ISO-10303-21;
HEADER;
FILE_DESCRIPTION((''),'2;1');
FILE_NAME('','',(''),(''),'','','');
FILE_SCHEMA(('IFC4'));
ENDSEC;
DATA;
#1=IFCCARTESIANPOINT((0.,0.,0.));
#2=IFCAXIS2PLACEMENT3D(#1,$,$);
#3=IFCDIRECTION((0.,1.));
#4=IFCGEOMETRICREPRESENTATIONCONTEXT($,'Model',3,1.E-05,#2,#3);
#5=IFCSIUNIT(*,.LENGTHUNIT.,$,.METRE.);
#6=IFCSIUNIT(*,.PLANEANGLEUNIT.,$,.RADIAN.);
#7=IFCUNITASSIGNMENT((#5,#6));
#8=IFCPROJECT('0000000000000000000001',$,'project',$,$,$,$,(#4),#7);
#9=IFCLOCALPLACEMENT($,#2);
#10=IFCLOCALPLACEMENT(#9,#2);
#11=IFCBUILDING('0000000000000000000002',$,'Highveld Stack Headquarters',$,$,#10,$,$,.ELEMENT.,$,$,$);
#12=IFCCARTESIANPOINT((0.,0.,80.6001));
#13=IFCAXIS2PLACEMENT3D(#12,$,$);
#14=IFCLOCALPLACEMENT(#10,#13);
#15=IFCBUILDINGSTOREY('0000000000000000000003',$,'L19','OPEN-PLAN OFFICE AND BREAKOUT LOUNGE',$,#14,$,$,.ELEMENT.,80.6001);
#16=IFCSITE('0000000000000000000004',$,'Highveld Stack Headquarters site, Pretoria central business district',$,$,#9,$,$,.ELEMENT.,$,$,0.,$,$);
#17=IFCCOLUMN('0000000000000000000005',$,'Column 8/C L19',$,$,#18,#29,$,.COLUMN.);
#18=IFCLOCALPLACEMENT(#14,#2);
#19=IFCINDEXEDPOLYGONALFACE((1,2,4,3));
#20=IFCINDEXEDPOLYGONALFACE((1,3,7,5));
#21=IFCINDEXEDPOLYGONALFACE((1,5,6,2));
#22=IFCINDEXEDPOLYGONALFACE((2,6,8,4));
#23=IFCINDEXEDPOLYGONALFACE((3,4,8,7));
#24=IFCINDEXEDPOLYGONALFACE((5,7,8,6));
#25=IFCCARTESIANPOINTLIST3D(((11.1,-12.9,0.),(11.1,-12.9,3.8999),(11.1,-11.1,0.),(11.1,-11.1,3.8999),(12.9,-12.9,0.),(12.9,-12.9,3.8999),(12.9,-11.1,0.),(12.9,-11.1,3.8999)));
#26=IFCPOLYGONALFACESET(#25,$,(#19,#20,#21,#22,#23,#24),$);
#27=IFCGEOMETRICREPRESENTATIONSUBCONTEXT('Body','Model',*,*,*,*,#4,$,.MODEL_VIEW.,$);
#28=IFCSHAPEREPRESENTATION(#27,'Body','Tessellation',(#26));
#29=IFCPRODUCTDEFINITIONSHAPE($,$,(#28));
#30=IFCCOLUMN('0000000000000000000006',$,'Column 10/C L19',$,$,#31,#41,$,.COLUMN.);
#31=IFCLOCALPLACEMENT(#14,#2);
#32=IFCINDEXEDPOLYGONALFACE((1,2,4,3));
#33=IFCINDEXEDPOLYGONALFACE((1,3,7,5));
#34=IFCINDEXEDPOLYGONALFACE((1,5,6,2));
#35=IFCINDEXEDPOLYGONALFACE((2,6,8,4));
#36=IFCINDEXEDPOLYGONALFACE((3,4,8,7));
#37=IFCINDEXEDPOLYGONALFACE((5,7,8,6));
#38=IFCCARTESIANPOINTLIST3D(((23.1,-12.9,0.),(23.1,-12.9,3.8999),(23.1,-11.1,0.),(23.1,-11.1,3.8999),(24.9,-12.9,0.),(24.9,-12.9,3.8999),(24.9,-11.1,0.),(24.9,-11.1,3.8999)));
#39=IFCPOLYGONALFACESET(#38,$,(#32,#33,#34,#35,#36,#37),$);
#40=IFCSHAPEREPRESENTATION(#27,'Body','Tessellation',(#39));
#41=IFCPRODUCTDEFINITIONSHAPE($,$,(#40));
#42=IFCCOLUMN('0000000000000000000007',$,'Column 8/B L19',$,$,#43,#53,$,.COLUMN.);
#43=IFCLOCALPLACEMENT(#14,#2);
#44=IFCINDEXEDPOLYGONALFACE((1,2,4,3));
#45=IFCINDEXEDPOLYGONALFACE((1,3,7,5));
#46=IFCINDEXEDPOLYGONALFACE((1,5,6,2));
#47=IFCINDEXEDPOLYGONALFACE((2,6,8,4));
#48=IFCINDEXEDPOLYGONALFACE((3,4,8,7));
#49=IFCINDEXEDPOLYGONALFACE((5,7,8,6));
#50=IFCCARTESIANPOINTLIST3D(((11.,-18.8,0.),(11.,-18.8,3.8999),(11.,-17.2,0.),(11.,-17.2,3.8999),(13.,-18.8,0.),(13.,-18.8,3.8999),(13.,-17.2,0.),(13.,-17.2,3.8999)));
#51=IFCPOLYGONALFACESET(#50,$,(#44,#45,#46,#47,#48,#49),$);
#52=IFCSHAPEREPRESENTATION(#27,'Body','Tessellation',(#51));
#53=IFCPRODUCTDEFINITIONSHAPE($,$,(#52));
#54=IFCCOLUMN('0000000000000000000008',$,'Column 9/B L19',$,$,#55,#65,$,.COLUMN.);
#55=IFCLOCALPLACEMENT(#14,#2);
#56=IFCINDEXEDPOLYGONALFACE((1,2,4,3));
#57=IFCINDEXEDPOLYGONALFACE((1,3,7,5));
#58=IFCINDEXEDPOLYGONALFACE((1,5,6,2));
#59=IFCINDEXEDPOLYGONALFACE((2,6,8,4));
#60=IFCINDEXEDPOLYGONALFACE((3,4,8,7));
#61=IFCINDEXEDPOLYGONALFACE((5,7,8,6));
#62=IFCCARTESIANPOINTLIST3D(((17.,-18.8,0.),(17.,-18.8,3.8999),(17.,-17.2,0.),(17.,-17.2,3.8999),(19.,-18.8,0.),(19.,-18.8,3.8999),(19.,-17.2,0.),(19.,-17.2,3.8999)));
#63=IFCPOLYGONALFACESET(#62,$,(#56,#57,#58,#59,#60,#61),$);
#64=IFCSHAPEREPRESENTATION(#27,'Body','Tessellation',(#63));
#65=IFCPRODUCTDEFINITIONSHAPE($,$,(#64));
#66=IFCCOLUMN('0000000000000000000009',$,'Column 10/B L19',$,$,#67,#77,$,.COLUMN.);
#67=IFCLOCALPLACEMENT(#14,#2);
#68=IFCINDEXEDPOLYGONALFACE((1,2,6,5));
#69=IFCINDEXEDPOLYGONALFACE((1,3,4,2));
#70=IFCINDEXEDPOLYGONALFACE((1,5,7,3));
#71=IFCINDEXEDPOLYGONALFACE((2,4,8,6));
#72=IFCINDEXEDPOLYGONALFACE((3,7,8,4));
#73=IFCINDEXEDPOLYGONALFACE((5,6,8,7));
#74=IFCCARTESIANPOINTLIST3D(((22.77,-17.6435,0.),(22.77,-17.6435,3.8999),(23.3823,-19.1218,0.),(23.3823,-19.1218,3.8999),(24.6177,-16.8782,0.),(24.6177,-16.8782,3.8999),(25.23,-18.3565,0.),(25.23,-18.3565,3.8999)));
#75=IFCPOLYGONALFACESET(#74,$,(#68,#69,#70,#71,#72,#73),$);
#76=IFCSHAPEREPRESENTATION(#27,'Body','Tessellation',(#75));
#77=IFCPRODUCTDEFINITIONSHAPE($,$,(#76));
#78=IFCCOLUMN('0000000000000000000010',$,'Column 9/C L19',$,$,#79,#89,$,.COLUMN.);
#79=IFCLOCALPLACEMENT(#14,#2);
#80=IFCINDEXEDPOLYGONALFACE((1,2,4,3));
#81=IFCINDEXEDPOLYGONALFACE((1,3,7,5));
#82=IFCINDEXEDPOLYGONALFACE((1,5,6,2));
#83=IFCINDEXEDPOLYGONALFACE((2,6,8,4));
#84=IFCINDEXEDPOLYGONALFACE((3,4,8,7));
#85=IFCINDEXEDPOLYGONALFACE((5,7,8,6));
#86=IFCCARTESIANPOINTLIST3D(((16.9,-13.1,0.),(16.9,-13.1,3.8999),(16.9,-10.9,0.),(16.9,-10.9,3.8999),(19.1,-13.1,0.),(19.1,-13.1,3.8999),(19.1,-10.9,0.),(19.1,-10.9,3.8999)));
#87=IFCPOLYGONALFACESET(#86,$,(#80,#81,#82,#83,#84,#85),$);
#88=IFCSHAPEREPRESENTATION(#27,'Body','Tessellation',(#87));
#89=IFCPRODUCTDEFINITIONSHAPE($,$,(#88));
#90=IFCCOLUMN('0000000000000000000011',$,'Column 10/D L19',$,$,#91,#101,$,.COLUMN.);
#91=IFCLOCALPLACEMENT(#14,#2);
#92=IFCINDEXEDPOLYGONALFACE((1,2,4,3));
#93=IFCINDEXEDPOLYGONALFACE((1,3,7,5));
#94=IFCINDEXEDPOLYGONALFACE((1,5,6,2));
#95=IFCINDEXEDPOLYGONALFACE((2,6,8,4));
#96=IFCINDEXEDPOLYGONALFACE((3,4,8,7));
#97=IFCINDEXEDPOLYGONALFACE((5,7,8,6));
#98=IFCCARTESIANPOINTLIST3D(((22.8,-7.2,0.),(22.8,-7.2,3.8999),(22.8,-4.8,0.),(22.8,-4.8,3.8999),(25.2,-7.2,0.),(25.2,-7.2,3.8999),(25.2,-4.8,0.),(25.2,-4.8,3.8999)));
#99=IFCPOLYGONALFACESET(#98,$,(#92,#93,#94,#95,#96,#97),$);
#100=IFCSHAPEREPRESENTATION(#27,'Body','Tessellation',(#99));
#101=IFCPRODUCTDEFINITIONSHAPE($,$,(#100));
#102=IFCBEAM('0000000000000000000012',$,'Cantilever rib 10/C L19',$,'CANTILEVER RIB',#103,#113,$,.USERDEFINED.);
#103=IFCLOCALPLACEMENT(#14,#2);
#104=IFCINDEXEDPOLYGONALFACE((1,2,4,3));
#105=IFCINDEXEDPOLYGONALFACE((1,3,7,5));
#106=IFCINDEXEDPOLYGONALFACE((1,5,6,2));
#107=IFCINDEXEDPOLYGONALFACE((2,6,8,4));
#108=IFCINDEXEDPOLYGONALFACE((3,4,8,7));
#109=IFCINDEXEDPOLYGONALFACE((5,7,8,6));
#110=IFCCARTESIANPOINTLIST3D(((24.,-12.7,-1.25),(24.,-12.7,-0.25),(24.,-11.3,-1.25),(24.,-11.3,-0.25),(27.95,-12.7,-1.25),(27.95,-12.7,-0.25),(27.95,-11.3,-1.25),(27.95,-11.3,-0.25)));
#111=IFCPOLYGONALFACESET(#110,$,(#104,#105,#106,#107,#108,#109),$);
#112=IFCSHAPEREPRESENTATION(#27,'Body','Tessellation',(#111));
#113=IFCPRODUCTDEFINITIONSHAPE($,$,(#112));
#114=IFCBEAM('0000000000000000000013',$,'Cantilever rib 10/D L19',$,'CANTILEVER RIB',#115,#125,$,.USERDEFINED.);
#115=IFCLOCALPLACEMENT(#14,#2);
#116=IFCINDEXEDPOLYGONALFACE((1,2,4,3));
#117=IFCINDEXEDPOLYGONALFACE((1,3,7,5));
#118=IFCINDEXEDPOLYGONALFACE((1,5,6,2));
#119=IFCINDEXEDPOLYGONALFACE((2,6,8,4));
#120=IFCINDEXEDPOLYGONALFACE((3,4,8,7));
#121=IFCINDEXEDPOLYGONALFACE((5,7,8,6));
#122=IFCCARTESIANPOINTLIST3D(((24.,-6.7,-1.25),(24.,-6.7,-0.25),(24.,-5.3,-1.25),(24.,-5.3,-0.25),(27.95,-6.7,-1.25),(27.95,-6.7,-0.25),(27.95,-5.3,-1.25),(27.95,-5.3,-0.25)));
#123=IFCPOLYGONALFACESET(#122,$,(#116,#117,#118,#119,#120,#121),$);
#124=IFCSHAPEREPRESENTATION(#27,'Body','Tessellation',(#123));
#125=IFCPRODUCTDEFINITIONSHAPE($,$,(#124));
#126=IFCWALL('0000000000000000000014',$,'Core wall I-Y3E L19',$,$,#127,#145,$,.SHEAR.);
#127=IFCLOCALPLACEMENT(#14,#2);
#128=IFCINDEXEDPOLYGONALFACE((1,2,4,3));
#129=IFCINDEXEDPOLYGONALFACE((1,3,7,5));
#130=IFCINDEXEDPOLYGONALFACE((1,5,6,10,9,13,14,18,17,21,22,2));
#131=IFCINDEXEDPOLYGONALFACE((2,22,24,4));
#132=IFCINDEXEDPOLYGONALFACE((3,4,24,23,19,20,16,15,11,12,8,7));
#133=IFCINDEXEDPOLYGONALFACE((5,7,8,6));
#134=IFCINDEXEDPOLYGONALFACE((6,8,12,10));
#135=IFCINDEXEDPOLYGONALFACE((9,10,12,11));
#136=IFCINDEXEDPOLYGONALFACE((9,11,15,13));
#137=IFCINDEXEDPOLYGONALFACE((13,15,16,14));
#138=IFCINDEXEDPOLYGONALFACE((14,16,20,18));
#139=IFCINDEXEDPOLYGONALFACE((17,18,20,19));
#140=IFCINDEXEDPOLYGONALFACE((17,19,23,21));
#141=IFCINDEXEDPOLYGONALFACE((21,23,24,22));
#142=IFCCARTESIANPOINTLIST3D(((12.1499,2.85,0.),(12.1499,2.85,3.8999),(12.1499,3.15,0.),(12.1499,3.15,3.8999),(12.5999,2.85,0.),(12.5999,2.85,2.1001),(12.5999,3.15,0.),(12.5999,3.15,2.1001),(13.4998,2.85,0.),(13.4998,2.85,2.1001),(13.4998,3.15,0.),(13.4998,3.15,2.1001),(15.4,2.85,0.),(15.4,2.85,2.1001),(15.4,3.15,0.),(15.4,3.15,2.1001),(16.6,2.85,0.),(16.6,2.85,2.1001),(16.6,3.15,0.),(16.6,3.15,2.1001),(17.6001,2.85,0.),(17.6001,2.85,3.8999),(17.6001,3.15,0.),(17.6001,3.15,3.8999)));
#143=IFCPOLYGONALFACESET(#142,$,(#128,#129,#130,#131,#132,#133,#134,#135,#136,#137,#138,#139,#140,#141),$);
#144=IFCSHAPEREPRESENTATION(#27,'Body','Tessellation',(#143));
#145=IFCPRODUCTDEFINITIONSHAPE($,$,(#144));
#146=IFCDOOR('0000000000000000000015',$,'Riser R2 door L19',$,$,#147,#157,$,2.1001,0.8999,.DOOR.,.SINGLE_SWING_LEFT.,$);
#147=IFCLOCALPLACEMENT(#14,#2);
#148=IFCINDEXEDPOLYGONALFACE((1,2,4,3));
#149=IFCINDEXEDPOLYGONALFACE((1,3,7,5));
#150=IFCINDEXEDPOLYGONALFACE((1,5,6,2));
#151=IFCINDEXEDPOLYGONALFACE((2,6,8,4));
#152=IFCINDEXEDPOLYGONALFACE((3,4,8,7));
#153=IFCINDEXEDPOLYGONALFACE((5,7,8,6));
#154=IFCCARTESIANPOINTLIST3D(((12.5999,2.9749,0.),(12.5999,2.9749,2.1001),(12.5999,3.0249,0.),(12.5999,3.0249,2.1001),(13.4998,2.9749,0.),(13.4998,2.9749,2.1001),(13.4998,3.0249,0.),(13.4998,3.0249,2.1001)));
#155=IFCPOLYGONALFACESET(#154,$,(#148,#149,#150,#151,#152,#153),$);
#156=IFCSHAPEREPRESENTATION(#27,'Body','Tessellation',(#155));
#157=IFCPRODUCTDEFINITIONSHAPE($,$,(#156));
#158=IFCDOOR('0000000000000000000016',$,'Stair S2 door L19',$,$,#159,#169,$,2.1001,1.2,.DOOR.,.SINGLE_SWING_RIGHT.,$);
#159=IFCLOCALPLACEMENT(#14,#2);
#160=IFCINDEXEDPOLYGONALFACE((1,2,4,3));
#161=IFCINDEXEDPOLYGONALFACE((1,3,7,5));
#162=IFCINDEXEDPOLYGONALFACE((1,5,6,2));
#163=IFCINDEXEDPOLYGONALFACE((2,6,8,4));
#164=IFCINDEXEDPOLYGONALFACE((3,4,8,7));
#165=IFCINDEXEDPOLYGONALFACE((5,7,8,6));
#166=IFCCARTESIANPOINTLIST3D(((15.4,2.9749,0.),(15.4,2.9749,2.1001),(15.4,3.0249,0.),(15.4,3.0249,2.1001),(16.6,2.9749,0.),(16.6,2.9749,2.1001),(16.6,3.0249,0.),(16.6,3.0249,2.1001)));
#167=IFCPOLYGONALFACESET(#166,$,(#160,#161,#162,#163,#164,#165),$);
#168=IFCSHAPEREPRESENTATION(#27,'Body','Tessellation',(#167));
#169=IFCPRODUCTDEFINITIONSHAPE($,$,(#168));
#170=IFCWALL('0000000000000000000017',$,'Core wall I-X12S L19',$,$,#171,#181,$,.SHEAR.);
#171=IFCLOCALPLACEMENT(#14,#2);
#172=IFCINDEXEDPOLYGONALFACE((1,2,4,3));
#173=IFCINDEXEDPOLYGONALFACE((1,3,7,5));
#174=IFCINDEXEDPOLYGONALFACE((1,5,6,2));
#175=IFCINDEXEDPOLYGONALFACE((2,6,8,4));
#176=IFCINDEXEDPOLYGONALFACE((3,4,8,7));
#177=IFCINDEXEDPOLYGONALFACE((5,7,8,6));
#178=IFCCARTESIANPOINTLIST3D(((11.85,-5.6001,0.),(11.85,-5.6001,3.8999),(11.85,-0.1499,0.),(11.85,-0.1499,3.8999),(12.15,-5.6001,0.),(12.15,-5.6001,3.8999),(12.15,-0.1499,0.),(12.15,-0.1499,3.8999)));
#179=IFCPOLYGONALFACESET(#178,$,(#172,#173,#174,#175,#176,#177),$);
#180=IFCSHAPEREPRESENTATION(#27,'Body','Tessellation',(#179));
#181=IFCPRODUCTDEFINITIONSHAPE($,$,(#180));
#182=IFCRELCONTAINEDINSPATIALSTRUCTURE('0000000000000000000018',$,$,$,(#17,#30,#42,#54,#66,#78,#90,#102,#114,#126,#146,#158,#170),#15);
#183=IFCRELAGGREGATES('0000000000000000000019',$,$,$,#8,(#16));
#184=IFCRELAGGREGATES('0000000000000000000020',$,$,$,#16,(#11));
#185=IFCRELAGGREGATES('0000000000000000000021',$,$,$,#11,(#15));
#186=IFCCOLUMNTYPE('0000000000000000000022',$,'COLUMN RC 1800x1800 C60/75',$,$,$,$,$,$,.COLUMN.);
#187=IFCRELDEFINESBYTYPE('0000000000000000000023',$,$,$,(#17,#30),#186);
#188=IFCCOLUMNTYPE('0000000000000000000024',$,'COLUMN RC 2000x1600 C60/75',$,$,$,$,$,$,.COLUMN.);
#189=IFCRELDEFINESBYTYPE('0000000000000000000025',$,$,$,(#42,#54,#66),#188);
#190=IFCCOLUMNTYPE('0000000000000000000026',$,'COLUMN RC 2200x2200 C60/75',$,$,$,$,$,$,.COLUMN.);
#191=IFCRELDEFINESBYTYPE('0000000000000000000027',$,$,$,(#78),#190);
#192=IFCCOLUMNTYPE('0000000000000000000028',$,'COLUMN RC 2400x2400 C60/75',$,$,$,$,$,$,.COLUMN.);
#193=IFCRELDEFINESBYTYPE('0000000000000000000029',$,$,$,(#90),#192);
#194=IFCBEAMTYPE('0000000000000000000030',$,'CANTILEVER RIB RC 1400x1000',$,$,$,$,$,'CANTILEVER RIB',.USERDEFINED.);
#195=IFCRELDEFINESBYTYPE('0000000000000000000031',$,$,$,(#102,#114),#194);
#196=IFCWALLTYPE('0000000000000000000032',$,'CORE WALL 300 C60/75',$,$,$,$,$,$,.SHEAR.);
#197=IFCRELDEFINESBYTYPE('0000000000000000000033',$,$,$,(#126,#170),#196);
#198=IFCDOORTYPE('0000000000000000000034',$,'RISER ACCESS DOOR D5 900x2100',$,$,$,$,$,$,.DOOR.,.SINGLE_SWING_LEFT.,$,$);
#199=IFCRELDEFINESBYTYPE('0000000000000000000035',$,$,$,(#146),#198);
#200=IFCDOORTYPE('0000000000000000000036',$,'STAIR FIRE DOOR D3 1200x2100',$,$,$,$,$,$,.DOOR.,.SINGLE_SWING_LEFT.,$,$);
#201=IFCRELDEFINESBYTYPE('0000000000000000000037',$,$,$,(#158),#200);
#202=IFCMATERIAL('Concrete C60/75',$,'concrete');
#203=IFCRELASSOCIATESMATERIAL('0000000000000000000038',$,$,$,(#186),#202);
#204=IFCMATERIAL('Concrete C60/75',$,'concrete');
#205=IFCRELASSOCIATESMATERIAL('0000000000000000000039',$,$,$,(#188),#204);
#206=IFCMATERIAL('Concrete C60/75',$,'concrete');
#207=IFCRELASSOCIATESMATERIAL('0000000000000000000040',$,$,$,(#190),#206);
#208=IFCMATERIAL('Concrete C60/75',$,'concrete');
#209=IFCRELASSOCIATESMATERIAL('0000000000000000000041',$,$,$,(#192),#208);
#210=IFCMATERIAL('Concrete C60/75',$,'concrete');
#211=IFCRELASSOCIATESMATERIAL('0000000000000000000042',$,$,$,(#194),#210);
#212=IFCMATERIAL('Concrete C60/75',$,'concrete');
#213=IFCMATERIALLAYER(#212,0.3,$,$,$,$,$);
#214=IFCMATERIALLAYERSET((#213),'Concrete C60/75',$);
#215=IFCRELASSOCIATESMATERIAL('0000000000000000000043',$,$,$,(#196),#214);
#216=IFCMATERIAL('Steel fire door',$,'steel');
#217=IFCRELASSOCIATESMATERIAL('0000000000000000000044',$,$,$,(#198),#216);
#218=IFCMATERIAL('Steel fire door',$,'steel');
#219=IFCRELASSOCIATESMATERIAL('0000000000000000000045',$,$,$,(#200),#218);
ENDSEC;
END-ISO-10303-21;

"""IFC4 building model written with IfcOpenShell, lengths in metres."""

from ifc_helpers import new_model, si_unit, direction, frame, frame_2d, origin, origin_2d, place, context, subcontext, project, spatial, rectangle, extrude, material, layer, layer_set, material_profile, profile_set, type_object, element, fill, save


model = new_model("IFC4")

# Units and contexts
model_context = context("Model", 3, precision=1e-05, world=origin(), true_north=direction((0.0, 1.0)))
body_context = subcontext(model_context, "Body", "Model", "MODEL_VIEW")
ifc_project = project(units=[si_unit("LENGTHUNIT", "METRE"), si_unit("PLANEANGLEUNIT", "RADIAN")], contexts=[model_context])

# Site, building, storey
site_placement = place(None, origin())
site = spatial("IfcSite", under=ifc_project, at=site_placement, Name="Highveld Stack Headquarters site, Pretoria central business district", CompositionType="ELEMENT", RefElevation=0.0)
building_placement = place(site_placement, origin())
building = spatial("IfcBuilding", under=site, at=building_placement, Name="Highveld Stack Headquarters", CompositionType="ELEMENT")
storey_placement = place(building_placement, frame((0.0, 0.0, 80.6001)))
storey = spatial("IfcBuildingStorey", under=building, at=storey_placement, Name="L19", Description="OPEN-PLAN OFFICE AND BREAKOUT LOUNGE", CompositionType="ELEMENT", Elevation=80.6001)

# Columns
ifc_material_1 = material(Name="Concrete C60/75", Category="concrete")
ifc_material_profile_1 = material_profile(ifc_material_1, rectangle(XDim=1.8, YDim=1.8, at=origin_2d()), Name="RC 1800x1800")
ifc_profile_set_1 = profile_set([ifc_material_profile_1], Name="Concrete C60/75")
column_type_1 = type_object("IfcColumnType", Name="COLUMN RC 1800x1800 C60/75", PredefinedType="COLUMN", material=ifc_profile_set_1)
for number, where, z_axis, x_axis, name in (
    (1, (12.0, -12.0, 0.0), (0.0, 0.0, 1.0), (1.0, 0.0, 0.0), "Column 8/C L19"),
    (2, (24.0, -12.0, 0.0), (0.0, 0.0, 1.0), (1.0, 0.0, 0.0), "Column 10/C L19"),
):
    element("IfcColumn", number, at=place(storey_placement, frame(where, z_axis=z_axis, x_axis=x_axis)), inside=storey, type_object=column_type_1, Name=name, PredefinedType="COLUMN", context=body_context, shape_type="SweptSolid", body=[
        extrude(rectangle(XDim=1.8, YDim=1.8, at=origin_2d()), origin(), (0.0, 0.0, 1.0), 3.8999),
    ])
ifc_material_2 = material(Name="Concrete C60/75", Category="concrete")
ifc_material_profile_2 = material_profile(ifc_material_2, rectangle(XDim=2.0, YDim=1.6001, at=origin_2d()), Name="RC 2000x1600")
ifc_profile_set_2 = profile_set([ifc_material_profile_2], Name="Concrete C60/75")
column_type_2 = type_object("IfcColumnType", Name="COLUMN RC 2000x1600 C60/75", PredefinedType="COLUMN", material=ifc_profile_set_2)
for number, where, z_axis, x_axis, name in (
    (3, (12.0, -18.0, 0.0), (0.0, 0.0, 1.0), (1.0, 0.0, 0.0), "Column 8/B L19"),
    (4, (18.0, -18.0, 0.0), (0.0, 0.0, 1.0), (1.0, 0.0, 0.0), "Column 9/B L19"),
    (5, (24.0, -18.0, 0.0), (0.0, 0.0, 1.0), (-0.92388, -0.382683, 0.0), "Column 10/B L19"),
):
    element("IfcColumn", number, at=place(storey_placement, frame(where, z_axis=z_axis, x_axis=x_axis)), inside=storey, type_object=column_type_2, Name=name, PredefinedType="COLUMN", context=body_context, shape_type="SweptSolid", body=[
        extrude(rectangle(XDim=2.0, YDim=1.6001, at=origin_2d()), origin(), (0.0, 0.0, 1.0), 3.8999),
    ])
ifc_material_3 = material(Name="Concrete C60/75", Category="concrete")
ifc_material_profile_3 = material_profile(ifc_material_3, rectangle(XDim=2.2, YDim=2.2, at=origin_2d()), Name="RC 2200x2200")
ifc_profile_set_3 = profile_set([ifc_material_profile_3], Name="Concrete C60/75")
column_type_3 = type_object("IfcColumnType", Name="COLUMN RC 2200x2200 C60/75", PredefinedType="COLUMN", material=ifc_profile_set_3)
column_1_placement = place(storey_placement, frame((18.0, -12.0, 0.0), z_axis=(0.0, 0.0, 1.0), x_axis=(1.0, 0.0, 0.0)))
element("IfcColumn", 6, at=column_1_placement, inside=storey, type_object=column_type_3, Name="Column 9/C L19", PredefinedType="COLUMN", context=body_context, shape_type="SweptSolid", body=[
    extrude(rectangle(XDim=2.2, YDim=2.2, at=origin_2d()), origin(), (0.0, 0.0, 1.0), 3.8999),
])
ifc_material_4 = material(Name="Concrete C60/75", Category="concrete")
ifc_material_profile_4 = material_profile(ifc_material_4, rectangle(XDim=2.3999, YDim=2.3999, at=origin_2d()), Name="RC 2400x2400")
ifc_profile_set_4 = profile_set([ifc_material_profile_4], Name="Concrete C60/75")
column_type_4 = type_object("IfcColumnType", Name="COLUMN RC 2400x2400 C60/75", PredefinedType="COLUMN", material=ifc_profile_set_4)
column_2_placement = place(storey_placement, frame((24.0, -6.0, 0.0), z_axis=(0.0, 0.0, 1.0), x_axis=(1.0, 0.0, 0.0)))
element("IfcColumn", 7, at=column_2_placement, inside=storey, type_object=column_type_4, Name="Column 10/D L19", PredefinedType="COLUMN", context=body_context, shape_type="SweptSolid", body=[
    extrude(rectangle(XDim=2.3999, YDim=2.3999, at=origin_2d()), origin(), (0.0, 0.0, 1.0), 3.8999),
])

# Beams
ifc_material_5 = material(Name="Concrete C60/75", Category="concrete")
ifc_material_profile_5 = material_profile(ifc_material_5, rectangle(XDim=1.3999, YDim=1.0, at=origin_2d()), Name="RC 1400x1000")
ifc_profile_set_5 = profile_set([ifc_material_profile_5], Name="Concrete C60/75")
beam_type = type_object("IfcBeamType", Name="CANTILEVER RIB RC 1400x1000", ElementType="CANTILEVER RIB", PredefinedType="USERDEFINED", material=ifc_profile_set_5)
for number, where, z_axis, x_axis, name in (
    (8, (24.0, -12.0, -0.75), (1.0, 0.0, 0.0), (0.0, 1.0, 0.0), "Cantilever rib 10/C L19"),
    (9, (24.0, -6.0, -0.75), (1.0, 0.0, 0.0), (0.0, 1.0, 0.0), "Cantilever rib 10/D L19"),
):
    element("IfcBeam", number, at=place(storey_placement, frame(where, z_axis=z_axis, x_axis=x_axis)), inside=storey, type_object=beam_type, Name=name, ObjectType="CANTILEVER RIB", PredefinedType="USERDEFINED", context=body_context, shape_type="SweptSolid", body=[
        extrude(rectangle(XDim=1.3999, YDim=1.0, at=origin_2d()), origin(), (0.0, 0.0, 1.0), 3.95),
    ])

# Wall, openings, doors
ifc_material_6 = material(Name="Concrete C60/75", Category="concrete")
ifc_layer_1 = layer(ifc_material_6, 0.3)
ifc_layer_set_1 = layer_set([ifc_layer_1], Name="Concrete C60/75")
wall_type_1 = type_object("IfcWallType", Name="CORE WALL 300 C60/75", PredefinedType="SHEAR", material=ifc_layer_set_1)
wall_1_placement = place(storey_placement, frame((12.1499, 3.0, 0.0), z_axis=(0.0, 0.0, 1.0), x_axis=(1.0, 0.0, 0.0)))
wall_1 = element("IfcWall", 10, at=wall_1_placement, inside=storey, type_object=wall_type_1, Name="Core wall I-Y3E L19", PredefinedType="SHEAR", context=body_context, shape_type="SweptSolid", body=[
    extrude(rectangle(XDim=5.4502, YDim=0.3, at=frame_2d((2.7251, 0.0))), origin(), (0.0, 0.0, 1.0), 3.8999),
])
opening_1_placement = place(wall_1_placement, frame((3.25, 0.0, 0.0)))
opening_1 = element("IfcOpeningElement", 11, at=opening_1_placement, cuts=wall_1, PredefinedType="OPENING", context=body_context, shape_type="SweptSolid", body=[
    extrude(rectangle(XDim=1.2, YDim=2.1001, at=frame_2d((0.6001, 1.05))), frame((0.0, 0.1599, 0.0), z_axis=(0.0, -1.0, 0.0), x_axis=(1.0, 0.0, 0.0)), (0.0, 0.0, 1.0), 0.3201),
])
opening_2_placement = place(wall_1_placement, frame((0.45, 0.0, 0.0)))
opening_2 = element("IfcOpeningElement", 12, at=opening_2_placement, cuts=wall_1, PredefinedType="OPENING", context=body_context, shape_type="SweptSolid", body=[
    extrude(rectangle(XDim=0.8999, YDim=2.1001, at=frame_2d((0.45, 1.05))), frame((0.0, 0.1599, 0.0), z_axis=(0.0, -1.0, 0.0), x_axis=(1.0, 0.0, 0.0)), (0.0, 0.0, 1.0), 0.3201),
])
ifc_material_7 = material(Name="Steel fire door", Category="steel")
door_type_1 = type_object("IfcDoorType", Name="RISER ACCESS DOOR D5 900x2100", OperationType="SINGLE_SWING_LEFT", PredefinedType="DOOR", material=ifc_material_7)
door_1_placement = place(opening_2_placement, origin())
door_1 = element("IfcDoor", 13, at=door_1_placement, inside=storey, type_object=door_type_1, Name="Riser R2 door L19", OperationType="SINGLE_SWING_LEFT", OverallHeight=2.1001, OverallWidth=0.8999, PredefinedType="DOOR", context=body_context, shape_type="SweptSolid", body=[
    extrude(rectangle(XDim=0.8999, YDim=2.1001, at=frame_2d((0.45, 1.05))), frame((0.0, 0.0249, 0.0), z_axis=(0.0, -1.0, 0.0), x_axis=(1.0, 0.0, 0.0)), (0.0, 0.0, 1.0), 0.05),
])
fill(opening_2, door_1)
ifc_material_8 = material(Name="Steel fire door", Category="steel")
door_type_2 = type_object("IfcDoorType", Name="STAIR FIRE DOOR D3 1200x2100", OperationType="SINGLE_SWING_LEFT", PredefinedType="DOOR", material=ifc_material_8)
door_2_placement = place(opening_1_placement, origin())
door_2 = element("IfcDoor", 14, at=door_2_placement, inside=storey, type_object=door_type_2, Name="Stair S2 door L19", OperationType="SINGLE_SWING_RIGHT", OverallHeight=2.1001, OverallWidth=1.2, PredefinedType="DOOR", context=body_context, shape_type="SweptSolid", body=[
    extrude(rectangle(XDim=1.2, YDim=2.1001, at=frame_2d((0.6001, 1.05))), frame((0.0, 0.0249, 0.0), z_axis=(0.0, -1.0, 0.0), x_axis=(1.0, 0.0, 0.0)), (0.0, 0.0, 1.0), 0.05),
])
fill(opening_1, door_2)

# Wall
wall_2_placement = place(storey_placement, frame((12.0, -5.6001, 0.0), z_axis=(0.0, 0.0, 1.0), x_axis=(0.0, 1.0, 0.0)))
element("IfcWall", 15, at=wall_2_placement, inside=storey, type_object=wall_type_1, Name="Core wall I-X12S L19", PredefinedType="SHEAR", context=body_context, shape_type="SweptSolid", body=[
    extrude(rectangle(XDim=5.4502, YDim=0.3, at=frame_2d((2.7251, 0.0))), origin(), (0.0, 0.0, 1.0), 3.8999),
])

save(model, "model.ifc")
